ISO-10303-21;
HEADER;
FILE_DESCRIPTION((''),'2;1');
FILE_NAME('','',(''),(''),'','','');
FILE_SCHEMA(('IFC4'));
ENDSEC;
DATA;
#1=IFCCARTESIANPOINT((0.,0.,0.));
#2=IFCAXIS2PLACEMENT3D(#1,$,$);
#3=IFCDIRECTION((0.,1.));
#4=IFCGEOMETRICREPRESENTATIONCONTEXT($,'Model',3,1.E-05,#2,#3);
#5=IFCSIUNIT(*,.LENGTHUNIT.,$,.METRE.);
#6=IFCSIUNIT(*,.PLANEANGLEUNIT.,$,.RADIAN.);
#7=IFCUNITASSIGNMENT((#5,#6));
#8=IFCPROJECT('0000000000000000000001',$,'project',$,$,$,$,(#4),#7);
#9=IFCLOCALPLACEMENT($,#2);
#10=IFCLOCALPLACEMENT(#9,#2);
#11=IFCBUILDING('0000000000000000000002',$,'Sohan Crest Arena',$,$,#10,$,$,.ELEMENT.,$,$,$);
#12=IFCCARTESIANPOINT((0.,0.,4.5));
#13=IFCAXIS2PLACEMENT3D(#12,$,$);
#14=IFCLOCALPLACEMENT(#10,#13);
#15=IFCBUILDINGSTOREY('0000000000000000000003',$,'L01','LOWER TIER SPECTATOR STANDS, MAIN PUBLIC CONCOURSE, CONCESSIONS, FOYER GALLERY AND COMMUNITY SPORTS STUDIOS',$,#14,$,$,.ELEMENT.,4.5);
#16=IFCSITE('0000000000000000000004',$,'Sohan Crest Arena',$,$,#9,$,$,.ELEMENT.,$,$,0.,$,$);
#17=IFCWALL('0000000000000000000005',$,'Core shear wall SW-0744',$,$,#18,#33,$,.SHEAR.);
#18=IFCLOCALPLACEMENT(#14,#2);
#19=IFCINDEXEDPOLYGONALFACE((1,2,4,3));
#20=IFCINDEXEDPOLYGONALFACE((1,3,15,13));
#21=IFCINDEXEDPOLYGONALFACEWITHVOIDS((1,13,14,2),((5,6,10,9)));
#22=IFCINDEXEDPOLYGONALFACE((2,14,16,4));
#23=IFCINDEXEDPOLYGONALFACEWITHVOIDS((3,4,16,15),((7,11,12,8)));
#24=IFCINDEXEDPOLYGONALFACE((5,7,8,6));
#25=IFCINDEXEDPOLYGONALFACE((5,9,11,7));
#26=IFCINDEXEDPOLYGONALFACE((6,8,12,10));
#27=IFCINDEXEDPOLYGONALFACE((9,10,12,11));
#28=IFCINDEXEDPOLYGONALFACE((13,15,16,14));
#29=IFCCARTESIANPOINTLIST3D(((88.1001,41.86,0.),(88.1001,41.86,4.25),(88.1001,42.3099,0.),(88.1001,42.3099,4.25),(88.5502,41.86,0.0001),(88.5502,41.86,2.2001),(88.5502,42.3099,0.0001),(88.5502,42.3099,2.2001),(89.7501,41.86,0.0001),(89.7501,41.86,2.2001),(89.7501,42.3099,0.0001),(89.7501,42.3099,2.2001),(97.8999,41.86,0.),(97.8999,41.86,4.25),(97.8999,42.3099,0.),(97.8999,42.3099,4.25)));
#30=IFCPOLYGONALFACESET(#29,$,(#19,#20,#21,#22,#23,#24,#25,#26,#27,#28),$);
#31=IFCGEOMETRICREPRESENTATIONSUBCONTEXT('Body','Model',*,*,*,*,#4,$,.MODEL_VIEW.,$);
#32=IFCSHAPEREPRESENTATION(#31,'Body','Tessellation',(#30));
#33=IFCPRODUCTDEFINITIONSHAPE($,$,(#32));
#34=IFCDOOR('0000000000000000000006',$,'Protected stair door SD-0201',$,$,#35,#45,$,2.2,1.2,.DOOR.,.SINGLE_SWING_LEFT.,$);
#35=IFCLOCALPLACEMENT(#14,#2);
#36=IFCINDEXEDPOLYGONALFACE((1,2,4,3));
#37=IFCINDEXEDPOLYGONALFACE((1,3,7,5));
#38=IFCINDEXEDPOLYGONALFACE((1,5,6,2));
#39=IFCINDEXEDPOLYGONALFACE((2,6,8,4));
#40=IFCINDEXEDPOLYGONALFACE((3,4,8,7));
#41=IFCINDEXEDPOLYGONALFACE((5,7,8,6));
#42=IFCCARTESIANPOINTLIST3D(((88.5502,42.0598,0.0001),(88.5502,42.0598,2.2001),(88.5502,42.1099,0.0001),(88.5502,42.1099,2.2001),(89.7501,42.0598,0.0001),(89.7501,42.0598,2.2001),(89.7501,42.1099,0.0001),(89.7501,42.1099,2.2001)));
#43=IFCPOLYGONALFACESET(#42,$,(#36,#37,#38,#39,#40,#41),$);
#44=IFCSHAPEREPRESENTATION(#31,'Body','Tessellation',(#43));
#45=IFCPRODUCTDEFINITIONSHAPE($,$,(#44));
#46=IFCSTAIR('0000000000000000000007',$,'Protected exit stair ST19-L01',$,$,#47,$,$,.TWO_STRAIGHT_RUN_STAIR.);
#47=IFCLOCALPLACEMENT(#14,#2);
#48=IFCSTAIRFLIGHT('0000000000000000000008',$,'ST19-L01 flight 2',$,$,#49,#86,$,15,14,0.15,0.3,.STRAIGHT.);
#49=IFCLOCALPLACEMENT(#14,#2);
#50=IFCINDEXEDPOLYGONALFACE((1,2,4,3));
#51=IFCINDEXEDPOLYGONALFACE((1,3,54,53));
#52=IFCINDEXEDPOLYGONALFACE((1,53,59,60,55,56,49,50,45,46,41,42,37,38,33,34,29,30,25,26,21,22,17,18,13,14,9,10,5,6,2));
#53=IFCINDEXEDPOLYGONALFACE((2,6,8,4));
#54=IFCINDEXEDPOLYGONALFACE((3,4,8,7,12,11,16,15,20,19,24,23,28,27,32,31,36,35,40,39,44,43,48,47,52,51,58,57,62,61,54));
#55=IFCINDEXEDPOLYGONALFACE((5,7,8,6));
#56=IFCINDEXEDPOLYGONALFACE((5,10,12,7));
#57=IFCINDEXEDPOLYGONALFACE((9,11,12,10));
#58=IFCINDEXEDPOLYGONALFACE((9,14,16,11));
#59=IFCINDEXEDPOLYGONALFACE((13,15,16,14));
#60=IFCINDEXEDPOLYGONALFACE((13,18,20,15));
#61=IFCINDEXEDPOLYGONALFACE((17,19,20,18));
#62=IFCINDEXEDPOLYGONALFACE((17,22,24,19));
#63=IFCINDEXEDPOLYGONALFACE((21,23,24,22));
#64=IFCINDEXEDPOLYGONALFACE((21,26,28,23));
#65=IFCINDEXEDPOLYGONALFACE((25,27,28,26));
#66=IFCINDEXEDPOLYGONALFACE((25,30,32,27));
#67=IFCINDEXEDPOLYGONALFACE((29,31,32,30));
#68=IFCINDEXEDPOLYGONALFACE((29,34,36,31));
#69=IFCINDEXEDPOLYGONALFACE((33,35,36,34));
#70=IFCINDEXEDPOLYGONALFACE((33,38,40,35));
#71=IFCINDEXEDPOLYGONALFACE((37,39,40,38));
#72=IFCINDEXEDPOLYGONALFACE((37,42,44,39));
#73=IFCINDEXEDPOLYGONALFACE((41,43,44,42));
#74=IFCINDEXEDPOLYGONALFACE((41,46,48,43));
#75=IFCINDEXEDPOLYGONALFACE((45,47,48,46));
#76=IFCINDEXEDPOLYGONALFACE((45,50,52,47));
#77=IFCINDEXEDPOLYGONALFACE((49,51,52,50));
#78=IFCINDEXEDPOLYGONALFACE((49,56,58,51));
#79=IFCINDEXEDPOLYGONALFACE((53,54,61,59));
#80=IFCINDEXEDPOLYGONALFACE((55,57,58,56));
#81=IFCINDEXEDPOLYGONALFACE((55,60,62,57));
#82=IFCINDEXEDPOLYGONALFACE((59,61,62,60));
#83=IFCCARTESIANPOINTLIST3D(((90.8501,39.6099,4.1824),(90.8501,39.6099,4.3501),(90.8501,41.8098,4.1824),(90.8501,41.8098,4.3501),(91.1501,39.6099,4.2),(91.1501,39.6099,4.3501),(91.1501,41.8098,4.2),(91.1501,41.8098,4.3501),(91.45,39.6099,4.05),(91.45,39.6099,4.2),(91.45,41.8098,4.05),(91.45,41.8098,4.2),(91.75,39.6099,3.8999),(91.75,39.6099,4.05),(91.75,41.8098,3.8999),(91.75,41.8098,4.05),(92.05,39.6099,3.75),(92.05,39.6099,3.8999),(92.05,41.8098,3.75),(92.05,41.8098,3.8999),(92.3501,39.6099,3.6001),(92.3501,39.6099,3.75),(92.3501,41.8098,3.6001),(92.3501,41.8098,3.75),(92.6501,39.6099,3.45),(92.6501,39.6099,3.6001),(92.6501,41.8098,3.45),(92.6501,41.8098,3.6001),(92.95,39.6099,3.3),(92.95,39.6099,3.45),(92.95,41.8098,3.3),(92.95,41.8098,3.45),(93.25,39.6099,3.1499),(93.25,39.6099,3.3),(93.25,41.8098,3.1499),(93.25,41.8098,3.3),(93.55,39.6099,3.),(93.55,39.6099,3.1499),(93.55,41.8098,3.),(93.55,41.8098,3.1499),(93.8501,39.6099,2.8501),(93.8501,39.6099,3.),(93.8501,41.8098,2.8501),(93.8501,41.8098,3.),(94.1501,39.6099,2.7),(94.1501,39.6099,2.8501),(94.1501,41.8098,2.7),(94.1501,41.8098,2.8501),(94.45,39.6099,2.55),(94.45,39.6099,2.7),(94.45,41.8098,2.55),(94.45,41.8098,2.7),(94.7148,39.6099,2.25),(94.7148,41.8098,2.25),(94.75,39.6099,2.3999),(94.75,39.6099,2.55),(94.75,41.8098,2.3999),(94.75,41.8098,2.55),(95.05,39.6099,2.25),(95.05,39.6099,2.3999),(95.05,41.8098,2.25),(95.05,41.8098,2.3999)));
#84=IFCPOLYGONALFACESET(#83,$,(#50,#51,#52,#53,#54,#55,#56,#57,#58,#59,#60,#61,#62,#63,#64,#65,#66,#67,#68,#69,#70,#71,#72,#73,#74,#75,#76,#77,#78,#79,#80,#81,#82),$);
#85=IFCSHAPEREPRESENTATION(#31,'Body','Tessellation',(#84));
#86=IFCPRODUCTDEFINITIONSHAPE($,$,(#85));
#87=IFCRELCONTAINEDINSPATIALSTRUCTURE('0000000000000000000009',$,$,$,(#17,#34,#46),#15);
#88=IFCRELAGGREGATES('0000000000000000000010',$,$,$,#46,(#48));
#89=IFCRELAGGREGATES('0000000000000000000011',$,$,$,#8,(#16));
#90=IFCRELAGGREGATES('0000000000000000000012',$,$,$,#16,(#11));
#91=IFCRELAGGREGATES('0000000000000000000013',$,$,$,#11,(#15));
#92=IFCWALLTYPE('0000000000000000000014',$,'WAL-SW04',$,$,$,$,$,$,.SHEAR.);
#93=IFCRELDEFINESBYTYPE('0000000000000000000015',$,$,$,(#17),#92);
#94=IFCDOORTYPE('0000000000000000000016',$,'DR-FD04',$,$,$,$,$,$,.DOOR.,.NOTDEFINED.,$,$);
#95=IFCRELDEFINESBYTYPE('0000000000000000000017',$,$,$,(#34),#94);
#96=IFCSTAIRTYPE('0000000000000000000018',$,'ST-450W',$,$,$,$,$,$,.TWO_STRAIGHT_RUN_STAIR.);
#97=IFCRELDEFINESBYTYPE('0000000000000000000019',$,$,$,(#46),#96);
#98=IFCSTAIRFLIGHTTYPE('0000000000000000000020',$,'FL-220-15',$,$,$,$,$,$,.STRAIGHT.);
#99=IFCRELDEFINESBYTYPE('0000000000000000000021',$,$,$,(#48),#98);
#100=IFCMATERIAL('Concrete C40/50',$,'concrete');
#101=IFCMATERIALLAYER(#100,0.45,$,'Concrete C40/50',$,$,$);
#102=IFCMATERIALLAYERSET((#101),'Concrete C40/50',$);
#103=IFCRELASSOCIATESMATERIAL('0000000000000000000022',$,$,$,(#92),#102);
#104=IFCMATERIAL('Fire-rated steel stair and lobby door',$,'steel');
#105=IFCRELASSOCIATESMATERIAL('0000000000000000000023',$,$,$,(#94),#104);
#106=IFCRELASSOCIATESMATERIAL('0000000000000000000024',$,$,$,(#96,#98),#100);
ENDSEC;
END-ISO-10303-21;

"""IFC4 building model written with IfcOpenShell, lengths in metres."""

from ifc_helpers import new_model, si_unit, direction, frame, frame_2d, origin, place, context, subcontext, project, spatial, polyline, rectangle, outline, extrude, material, layer, layer_set, type_object, element, fill, aggregate, save


model = new_model("IFC4")

# Units and contexts
model_context = context("Model", 3, precision=1e-05, world=origin(), true_north=direction((0.0, 1.0)))
body_context = subcontext(model_context, "Body", "Model", "MODEL_VIEW")
ifc_project = project(units=[si_unit("LENGTHUNIT", "METRE"), si_unit("PLANEANGLEUNIT", "RADIAN")], contexts=[model_context])

# Site, building, storey
site_placement = place(None, origin())
site = spatial("IfcSite", under=ifc_project, at=site_placement, Name="Sohan Crest Arena", CompositionType="ELEMENT", RefElevation=0.0)
building_placement = place(site_placement, origin())
building = spatial("IfcBuilding", under=site, at=building_placement, Name="Sohan Crest Arena", CompositionType="ELEMENT")
storey_placement = place(building_placement, frame((0.0, 0.0, 4.5)))
storey = spatial("IfcBuildingStorey", under=building, at=storey_placement, Name="L01", Description="LOWER TIER SPECTATOR STANDS, MAIN PUBLIC CONCOURSE, CONCESSIONS, FOYER GALLERY AND COMMUNITY SPORTS STUDIOS", CompositionType="ELEMENT", Elevation=4.5)

# Shared definitions
ifc_material_1 = material(Name="Concrete C40/50", Category="concrete")

# Shared definitions
ifc_layer_1 = layer(ifc_material_1, 0.45, Name="Concrete C40/50")
ifc_layer_set_1 = layer_set([ifc_layer_1], Name="Concrete C40/50")
wall_type_1 = type_object("IfcWallType", Name="WAL-SW04", PredefinedType="SHEAR", material=ifc_layer_set_1)

# Wall, opening, door
wall_1_placement = place(storey_placement, frame((88.1001, 42.085, 0.0), z_axis=(0.0, 0.0, 1.0), x_axis=(1.0, 0.0, 0.0)))
wall_1 = element("IfcWall", 1, at=wall_1_placement, inside=storey, type_object=wall_type_1, Name="Core shear wall SW-0744", PredefinedType="SHEAR", context=body_context, shape_type="SweptSolid", body=[
    extrude(rectangle(XDim=9.7998, YDim=0.45, at=frame_2d((4.8999, 0.0))), origin(), (0.0, 0.0, 1.0), 4.25),
])
opening_1_placement = place(wall_1_placement, frame((0.45, 0.0, 0.0)))
opening_1 = element("IfcOpeningElement", 2, at=opening_1_placement, cuts=wall_1, PredefinedType="OPENING", context=body_context, shape_type="SweptSolid", body=[
    extrude(rectangle(XDim=1.2, YDim=2.2, at=frame_2d((0.6001, 1.1001))), frame((0.0, 0.2349, 0.0), z_axis=(0.0, -1.0, 0.0), x_axis=(1.0, 0.0, 0.0)), (0.0, 0.0, 1.0), 0.47),
])
ifc_material_2 = material(Name="Fire-rated steel stair and lobby door", Category="steel")
door_type_1 = type_object("IfcDoorType", Name="DR-FD04", OperationType="NOTDEFINED", PredefinedType="DOOR", material=ifc_material_2)
door_1_placement = place(opening_1_placement, origin())
door_1 = element("IfcDoor", 3, at=door_1_placement, inside=storey, type_object=door_type_1, Name="Protected stair door SD-0201", OperationType="SINGLE_SWING_LEFT", OverallHeight=2.2, OverallWidth=1.2, PredefinedType="DOOR", context=body_context, shape_type="SweptSolid", body=[
    extrude(rectangle(XDim=1.2, YDim=2.2, at=frame_2d((0.6001, 1.1001))), frame((0.0, 0.0249, 0.0), z_axis=(0.0, -1.0, 0.0), x_axis=(1.0, 0.0, 0.0)), (0.0, 0.0, 1.0), 0.05),
])
fill(opening_1, door_1)

# Stair, stair flight
stair_type = type_object("IfcStairType", Name="ST-450W", PredefinedType="TWO_STRAIGHT_RUN_STAIR", material=ifc_material_1)
stair_placement = place(storey_placement, origin())
stair = element("IfcStair", 4, at=stair_placement, inside=storey, type_object=stair_type, Name="Protected exit stair ST19-L01", PredefinedType="TWO_STRAIGHT_RUN_STAIR")
stair_flight_type = type_object("IfcStairFlightType", Name="FL-220-15", PredefinedType="STRAIGHT", material=ifc_material_1)
stair_flight_placement = place(storey_placement, frame((95.05, 40.71, 2.25), z_axis=(0.0, 0.0, 1.0), x_axis=(-1.0, 0.0, 0.0)))
stair_flight = element("IfcStairFlight", 5, at=stair_flight_placement, type_object=stair_flight_type, Name="ST19-L01 flight 2", NumberOfRisers=15, NumberOfTreads=14, PredefinedType="STRAIGHT", RiserHeight=0.15, TreadLength=0.3, context=body_context, shape_type="SweptSolid", body=[
    extrude(outline(polyline([(0.0, 0.0), (0.0, 0.1499), (0.3, 0.1499), (0.3, 0.3), (0.6001, 0.3), (0.6001, 0.45), (0.8999, 0.45), (0.8999, 0.6001), (1.2, 0.6001), (1.2, 0.75), (1.5, 0.75), (1.5, 0.8999), (1.8, 0.8999), (1.8, 1.05), (2.1001, 1.05), (2.1001, 1.2), (2.3999, 1.2), (2.3999, 1.3501), (2.7, 1.3501), (2.7, 1.5), (3.0, 1.5), (3.0, 1.6499), (3.3, 1.6499), (3.3, 1.8), (3.6001, 1.8), (3.6001, 1.95), (3.8999, 1.95), (3.8999, 2.1001), (4.2, 2.1001), (4.2, 2.25), (4.2, 1.9324), (0.3352, 0.0), (0.0, 0.0)])), frame((0.0, 1.1001, 0.0), z_axis=(0.0, -1.0, 0.0), x_axis=(1.0, 0.0, 0.0)), (0.0, 0.0, 1.0), 2.2),
])
aggregate(stair, [stair_flight])

save(model, "model.ifc")
